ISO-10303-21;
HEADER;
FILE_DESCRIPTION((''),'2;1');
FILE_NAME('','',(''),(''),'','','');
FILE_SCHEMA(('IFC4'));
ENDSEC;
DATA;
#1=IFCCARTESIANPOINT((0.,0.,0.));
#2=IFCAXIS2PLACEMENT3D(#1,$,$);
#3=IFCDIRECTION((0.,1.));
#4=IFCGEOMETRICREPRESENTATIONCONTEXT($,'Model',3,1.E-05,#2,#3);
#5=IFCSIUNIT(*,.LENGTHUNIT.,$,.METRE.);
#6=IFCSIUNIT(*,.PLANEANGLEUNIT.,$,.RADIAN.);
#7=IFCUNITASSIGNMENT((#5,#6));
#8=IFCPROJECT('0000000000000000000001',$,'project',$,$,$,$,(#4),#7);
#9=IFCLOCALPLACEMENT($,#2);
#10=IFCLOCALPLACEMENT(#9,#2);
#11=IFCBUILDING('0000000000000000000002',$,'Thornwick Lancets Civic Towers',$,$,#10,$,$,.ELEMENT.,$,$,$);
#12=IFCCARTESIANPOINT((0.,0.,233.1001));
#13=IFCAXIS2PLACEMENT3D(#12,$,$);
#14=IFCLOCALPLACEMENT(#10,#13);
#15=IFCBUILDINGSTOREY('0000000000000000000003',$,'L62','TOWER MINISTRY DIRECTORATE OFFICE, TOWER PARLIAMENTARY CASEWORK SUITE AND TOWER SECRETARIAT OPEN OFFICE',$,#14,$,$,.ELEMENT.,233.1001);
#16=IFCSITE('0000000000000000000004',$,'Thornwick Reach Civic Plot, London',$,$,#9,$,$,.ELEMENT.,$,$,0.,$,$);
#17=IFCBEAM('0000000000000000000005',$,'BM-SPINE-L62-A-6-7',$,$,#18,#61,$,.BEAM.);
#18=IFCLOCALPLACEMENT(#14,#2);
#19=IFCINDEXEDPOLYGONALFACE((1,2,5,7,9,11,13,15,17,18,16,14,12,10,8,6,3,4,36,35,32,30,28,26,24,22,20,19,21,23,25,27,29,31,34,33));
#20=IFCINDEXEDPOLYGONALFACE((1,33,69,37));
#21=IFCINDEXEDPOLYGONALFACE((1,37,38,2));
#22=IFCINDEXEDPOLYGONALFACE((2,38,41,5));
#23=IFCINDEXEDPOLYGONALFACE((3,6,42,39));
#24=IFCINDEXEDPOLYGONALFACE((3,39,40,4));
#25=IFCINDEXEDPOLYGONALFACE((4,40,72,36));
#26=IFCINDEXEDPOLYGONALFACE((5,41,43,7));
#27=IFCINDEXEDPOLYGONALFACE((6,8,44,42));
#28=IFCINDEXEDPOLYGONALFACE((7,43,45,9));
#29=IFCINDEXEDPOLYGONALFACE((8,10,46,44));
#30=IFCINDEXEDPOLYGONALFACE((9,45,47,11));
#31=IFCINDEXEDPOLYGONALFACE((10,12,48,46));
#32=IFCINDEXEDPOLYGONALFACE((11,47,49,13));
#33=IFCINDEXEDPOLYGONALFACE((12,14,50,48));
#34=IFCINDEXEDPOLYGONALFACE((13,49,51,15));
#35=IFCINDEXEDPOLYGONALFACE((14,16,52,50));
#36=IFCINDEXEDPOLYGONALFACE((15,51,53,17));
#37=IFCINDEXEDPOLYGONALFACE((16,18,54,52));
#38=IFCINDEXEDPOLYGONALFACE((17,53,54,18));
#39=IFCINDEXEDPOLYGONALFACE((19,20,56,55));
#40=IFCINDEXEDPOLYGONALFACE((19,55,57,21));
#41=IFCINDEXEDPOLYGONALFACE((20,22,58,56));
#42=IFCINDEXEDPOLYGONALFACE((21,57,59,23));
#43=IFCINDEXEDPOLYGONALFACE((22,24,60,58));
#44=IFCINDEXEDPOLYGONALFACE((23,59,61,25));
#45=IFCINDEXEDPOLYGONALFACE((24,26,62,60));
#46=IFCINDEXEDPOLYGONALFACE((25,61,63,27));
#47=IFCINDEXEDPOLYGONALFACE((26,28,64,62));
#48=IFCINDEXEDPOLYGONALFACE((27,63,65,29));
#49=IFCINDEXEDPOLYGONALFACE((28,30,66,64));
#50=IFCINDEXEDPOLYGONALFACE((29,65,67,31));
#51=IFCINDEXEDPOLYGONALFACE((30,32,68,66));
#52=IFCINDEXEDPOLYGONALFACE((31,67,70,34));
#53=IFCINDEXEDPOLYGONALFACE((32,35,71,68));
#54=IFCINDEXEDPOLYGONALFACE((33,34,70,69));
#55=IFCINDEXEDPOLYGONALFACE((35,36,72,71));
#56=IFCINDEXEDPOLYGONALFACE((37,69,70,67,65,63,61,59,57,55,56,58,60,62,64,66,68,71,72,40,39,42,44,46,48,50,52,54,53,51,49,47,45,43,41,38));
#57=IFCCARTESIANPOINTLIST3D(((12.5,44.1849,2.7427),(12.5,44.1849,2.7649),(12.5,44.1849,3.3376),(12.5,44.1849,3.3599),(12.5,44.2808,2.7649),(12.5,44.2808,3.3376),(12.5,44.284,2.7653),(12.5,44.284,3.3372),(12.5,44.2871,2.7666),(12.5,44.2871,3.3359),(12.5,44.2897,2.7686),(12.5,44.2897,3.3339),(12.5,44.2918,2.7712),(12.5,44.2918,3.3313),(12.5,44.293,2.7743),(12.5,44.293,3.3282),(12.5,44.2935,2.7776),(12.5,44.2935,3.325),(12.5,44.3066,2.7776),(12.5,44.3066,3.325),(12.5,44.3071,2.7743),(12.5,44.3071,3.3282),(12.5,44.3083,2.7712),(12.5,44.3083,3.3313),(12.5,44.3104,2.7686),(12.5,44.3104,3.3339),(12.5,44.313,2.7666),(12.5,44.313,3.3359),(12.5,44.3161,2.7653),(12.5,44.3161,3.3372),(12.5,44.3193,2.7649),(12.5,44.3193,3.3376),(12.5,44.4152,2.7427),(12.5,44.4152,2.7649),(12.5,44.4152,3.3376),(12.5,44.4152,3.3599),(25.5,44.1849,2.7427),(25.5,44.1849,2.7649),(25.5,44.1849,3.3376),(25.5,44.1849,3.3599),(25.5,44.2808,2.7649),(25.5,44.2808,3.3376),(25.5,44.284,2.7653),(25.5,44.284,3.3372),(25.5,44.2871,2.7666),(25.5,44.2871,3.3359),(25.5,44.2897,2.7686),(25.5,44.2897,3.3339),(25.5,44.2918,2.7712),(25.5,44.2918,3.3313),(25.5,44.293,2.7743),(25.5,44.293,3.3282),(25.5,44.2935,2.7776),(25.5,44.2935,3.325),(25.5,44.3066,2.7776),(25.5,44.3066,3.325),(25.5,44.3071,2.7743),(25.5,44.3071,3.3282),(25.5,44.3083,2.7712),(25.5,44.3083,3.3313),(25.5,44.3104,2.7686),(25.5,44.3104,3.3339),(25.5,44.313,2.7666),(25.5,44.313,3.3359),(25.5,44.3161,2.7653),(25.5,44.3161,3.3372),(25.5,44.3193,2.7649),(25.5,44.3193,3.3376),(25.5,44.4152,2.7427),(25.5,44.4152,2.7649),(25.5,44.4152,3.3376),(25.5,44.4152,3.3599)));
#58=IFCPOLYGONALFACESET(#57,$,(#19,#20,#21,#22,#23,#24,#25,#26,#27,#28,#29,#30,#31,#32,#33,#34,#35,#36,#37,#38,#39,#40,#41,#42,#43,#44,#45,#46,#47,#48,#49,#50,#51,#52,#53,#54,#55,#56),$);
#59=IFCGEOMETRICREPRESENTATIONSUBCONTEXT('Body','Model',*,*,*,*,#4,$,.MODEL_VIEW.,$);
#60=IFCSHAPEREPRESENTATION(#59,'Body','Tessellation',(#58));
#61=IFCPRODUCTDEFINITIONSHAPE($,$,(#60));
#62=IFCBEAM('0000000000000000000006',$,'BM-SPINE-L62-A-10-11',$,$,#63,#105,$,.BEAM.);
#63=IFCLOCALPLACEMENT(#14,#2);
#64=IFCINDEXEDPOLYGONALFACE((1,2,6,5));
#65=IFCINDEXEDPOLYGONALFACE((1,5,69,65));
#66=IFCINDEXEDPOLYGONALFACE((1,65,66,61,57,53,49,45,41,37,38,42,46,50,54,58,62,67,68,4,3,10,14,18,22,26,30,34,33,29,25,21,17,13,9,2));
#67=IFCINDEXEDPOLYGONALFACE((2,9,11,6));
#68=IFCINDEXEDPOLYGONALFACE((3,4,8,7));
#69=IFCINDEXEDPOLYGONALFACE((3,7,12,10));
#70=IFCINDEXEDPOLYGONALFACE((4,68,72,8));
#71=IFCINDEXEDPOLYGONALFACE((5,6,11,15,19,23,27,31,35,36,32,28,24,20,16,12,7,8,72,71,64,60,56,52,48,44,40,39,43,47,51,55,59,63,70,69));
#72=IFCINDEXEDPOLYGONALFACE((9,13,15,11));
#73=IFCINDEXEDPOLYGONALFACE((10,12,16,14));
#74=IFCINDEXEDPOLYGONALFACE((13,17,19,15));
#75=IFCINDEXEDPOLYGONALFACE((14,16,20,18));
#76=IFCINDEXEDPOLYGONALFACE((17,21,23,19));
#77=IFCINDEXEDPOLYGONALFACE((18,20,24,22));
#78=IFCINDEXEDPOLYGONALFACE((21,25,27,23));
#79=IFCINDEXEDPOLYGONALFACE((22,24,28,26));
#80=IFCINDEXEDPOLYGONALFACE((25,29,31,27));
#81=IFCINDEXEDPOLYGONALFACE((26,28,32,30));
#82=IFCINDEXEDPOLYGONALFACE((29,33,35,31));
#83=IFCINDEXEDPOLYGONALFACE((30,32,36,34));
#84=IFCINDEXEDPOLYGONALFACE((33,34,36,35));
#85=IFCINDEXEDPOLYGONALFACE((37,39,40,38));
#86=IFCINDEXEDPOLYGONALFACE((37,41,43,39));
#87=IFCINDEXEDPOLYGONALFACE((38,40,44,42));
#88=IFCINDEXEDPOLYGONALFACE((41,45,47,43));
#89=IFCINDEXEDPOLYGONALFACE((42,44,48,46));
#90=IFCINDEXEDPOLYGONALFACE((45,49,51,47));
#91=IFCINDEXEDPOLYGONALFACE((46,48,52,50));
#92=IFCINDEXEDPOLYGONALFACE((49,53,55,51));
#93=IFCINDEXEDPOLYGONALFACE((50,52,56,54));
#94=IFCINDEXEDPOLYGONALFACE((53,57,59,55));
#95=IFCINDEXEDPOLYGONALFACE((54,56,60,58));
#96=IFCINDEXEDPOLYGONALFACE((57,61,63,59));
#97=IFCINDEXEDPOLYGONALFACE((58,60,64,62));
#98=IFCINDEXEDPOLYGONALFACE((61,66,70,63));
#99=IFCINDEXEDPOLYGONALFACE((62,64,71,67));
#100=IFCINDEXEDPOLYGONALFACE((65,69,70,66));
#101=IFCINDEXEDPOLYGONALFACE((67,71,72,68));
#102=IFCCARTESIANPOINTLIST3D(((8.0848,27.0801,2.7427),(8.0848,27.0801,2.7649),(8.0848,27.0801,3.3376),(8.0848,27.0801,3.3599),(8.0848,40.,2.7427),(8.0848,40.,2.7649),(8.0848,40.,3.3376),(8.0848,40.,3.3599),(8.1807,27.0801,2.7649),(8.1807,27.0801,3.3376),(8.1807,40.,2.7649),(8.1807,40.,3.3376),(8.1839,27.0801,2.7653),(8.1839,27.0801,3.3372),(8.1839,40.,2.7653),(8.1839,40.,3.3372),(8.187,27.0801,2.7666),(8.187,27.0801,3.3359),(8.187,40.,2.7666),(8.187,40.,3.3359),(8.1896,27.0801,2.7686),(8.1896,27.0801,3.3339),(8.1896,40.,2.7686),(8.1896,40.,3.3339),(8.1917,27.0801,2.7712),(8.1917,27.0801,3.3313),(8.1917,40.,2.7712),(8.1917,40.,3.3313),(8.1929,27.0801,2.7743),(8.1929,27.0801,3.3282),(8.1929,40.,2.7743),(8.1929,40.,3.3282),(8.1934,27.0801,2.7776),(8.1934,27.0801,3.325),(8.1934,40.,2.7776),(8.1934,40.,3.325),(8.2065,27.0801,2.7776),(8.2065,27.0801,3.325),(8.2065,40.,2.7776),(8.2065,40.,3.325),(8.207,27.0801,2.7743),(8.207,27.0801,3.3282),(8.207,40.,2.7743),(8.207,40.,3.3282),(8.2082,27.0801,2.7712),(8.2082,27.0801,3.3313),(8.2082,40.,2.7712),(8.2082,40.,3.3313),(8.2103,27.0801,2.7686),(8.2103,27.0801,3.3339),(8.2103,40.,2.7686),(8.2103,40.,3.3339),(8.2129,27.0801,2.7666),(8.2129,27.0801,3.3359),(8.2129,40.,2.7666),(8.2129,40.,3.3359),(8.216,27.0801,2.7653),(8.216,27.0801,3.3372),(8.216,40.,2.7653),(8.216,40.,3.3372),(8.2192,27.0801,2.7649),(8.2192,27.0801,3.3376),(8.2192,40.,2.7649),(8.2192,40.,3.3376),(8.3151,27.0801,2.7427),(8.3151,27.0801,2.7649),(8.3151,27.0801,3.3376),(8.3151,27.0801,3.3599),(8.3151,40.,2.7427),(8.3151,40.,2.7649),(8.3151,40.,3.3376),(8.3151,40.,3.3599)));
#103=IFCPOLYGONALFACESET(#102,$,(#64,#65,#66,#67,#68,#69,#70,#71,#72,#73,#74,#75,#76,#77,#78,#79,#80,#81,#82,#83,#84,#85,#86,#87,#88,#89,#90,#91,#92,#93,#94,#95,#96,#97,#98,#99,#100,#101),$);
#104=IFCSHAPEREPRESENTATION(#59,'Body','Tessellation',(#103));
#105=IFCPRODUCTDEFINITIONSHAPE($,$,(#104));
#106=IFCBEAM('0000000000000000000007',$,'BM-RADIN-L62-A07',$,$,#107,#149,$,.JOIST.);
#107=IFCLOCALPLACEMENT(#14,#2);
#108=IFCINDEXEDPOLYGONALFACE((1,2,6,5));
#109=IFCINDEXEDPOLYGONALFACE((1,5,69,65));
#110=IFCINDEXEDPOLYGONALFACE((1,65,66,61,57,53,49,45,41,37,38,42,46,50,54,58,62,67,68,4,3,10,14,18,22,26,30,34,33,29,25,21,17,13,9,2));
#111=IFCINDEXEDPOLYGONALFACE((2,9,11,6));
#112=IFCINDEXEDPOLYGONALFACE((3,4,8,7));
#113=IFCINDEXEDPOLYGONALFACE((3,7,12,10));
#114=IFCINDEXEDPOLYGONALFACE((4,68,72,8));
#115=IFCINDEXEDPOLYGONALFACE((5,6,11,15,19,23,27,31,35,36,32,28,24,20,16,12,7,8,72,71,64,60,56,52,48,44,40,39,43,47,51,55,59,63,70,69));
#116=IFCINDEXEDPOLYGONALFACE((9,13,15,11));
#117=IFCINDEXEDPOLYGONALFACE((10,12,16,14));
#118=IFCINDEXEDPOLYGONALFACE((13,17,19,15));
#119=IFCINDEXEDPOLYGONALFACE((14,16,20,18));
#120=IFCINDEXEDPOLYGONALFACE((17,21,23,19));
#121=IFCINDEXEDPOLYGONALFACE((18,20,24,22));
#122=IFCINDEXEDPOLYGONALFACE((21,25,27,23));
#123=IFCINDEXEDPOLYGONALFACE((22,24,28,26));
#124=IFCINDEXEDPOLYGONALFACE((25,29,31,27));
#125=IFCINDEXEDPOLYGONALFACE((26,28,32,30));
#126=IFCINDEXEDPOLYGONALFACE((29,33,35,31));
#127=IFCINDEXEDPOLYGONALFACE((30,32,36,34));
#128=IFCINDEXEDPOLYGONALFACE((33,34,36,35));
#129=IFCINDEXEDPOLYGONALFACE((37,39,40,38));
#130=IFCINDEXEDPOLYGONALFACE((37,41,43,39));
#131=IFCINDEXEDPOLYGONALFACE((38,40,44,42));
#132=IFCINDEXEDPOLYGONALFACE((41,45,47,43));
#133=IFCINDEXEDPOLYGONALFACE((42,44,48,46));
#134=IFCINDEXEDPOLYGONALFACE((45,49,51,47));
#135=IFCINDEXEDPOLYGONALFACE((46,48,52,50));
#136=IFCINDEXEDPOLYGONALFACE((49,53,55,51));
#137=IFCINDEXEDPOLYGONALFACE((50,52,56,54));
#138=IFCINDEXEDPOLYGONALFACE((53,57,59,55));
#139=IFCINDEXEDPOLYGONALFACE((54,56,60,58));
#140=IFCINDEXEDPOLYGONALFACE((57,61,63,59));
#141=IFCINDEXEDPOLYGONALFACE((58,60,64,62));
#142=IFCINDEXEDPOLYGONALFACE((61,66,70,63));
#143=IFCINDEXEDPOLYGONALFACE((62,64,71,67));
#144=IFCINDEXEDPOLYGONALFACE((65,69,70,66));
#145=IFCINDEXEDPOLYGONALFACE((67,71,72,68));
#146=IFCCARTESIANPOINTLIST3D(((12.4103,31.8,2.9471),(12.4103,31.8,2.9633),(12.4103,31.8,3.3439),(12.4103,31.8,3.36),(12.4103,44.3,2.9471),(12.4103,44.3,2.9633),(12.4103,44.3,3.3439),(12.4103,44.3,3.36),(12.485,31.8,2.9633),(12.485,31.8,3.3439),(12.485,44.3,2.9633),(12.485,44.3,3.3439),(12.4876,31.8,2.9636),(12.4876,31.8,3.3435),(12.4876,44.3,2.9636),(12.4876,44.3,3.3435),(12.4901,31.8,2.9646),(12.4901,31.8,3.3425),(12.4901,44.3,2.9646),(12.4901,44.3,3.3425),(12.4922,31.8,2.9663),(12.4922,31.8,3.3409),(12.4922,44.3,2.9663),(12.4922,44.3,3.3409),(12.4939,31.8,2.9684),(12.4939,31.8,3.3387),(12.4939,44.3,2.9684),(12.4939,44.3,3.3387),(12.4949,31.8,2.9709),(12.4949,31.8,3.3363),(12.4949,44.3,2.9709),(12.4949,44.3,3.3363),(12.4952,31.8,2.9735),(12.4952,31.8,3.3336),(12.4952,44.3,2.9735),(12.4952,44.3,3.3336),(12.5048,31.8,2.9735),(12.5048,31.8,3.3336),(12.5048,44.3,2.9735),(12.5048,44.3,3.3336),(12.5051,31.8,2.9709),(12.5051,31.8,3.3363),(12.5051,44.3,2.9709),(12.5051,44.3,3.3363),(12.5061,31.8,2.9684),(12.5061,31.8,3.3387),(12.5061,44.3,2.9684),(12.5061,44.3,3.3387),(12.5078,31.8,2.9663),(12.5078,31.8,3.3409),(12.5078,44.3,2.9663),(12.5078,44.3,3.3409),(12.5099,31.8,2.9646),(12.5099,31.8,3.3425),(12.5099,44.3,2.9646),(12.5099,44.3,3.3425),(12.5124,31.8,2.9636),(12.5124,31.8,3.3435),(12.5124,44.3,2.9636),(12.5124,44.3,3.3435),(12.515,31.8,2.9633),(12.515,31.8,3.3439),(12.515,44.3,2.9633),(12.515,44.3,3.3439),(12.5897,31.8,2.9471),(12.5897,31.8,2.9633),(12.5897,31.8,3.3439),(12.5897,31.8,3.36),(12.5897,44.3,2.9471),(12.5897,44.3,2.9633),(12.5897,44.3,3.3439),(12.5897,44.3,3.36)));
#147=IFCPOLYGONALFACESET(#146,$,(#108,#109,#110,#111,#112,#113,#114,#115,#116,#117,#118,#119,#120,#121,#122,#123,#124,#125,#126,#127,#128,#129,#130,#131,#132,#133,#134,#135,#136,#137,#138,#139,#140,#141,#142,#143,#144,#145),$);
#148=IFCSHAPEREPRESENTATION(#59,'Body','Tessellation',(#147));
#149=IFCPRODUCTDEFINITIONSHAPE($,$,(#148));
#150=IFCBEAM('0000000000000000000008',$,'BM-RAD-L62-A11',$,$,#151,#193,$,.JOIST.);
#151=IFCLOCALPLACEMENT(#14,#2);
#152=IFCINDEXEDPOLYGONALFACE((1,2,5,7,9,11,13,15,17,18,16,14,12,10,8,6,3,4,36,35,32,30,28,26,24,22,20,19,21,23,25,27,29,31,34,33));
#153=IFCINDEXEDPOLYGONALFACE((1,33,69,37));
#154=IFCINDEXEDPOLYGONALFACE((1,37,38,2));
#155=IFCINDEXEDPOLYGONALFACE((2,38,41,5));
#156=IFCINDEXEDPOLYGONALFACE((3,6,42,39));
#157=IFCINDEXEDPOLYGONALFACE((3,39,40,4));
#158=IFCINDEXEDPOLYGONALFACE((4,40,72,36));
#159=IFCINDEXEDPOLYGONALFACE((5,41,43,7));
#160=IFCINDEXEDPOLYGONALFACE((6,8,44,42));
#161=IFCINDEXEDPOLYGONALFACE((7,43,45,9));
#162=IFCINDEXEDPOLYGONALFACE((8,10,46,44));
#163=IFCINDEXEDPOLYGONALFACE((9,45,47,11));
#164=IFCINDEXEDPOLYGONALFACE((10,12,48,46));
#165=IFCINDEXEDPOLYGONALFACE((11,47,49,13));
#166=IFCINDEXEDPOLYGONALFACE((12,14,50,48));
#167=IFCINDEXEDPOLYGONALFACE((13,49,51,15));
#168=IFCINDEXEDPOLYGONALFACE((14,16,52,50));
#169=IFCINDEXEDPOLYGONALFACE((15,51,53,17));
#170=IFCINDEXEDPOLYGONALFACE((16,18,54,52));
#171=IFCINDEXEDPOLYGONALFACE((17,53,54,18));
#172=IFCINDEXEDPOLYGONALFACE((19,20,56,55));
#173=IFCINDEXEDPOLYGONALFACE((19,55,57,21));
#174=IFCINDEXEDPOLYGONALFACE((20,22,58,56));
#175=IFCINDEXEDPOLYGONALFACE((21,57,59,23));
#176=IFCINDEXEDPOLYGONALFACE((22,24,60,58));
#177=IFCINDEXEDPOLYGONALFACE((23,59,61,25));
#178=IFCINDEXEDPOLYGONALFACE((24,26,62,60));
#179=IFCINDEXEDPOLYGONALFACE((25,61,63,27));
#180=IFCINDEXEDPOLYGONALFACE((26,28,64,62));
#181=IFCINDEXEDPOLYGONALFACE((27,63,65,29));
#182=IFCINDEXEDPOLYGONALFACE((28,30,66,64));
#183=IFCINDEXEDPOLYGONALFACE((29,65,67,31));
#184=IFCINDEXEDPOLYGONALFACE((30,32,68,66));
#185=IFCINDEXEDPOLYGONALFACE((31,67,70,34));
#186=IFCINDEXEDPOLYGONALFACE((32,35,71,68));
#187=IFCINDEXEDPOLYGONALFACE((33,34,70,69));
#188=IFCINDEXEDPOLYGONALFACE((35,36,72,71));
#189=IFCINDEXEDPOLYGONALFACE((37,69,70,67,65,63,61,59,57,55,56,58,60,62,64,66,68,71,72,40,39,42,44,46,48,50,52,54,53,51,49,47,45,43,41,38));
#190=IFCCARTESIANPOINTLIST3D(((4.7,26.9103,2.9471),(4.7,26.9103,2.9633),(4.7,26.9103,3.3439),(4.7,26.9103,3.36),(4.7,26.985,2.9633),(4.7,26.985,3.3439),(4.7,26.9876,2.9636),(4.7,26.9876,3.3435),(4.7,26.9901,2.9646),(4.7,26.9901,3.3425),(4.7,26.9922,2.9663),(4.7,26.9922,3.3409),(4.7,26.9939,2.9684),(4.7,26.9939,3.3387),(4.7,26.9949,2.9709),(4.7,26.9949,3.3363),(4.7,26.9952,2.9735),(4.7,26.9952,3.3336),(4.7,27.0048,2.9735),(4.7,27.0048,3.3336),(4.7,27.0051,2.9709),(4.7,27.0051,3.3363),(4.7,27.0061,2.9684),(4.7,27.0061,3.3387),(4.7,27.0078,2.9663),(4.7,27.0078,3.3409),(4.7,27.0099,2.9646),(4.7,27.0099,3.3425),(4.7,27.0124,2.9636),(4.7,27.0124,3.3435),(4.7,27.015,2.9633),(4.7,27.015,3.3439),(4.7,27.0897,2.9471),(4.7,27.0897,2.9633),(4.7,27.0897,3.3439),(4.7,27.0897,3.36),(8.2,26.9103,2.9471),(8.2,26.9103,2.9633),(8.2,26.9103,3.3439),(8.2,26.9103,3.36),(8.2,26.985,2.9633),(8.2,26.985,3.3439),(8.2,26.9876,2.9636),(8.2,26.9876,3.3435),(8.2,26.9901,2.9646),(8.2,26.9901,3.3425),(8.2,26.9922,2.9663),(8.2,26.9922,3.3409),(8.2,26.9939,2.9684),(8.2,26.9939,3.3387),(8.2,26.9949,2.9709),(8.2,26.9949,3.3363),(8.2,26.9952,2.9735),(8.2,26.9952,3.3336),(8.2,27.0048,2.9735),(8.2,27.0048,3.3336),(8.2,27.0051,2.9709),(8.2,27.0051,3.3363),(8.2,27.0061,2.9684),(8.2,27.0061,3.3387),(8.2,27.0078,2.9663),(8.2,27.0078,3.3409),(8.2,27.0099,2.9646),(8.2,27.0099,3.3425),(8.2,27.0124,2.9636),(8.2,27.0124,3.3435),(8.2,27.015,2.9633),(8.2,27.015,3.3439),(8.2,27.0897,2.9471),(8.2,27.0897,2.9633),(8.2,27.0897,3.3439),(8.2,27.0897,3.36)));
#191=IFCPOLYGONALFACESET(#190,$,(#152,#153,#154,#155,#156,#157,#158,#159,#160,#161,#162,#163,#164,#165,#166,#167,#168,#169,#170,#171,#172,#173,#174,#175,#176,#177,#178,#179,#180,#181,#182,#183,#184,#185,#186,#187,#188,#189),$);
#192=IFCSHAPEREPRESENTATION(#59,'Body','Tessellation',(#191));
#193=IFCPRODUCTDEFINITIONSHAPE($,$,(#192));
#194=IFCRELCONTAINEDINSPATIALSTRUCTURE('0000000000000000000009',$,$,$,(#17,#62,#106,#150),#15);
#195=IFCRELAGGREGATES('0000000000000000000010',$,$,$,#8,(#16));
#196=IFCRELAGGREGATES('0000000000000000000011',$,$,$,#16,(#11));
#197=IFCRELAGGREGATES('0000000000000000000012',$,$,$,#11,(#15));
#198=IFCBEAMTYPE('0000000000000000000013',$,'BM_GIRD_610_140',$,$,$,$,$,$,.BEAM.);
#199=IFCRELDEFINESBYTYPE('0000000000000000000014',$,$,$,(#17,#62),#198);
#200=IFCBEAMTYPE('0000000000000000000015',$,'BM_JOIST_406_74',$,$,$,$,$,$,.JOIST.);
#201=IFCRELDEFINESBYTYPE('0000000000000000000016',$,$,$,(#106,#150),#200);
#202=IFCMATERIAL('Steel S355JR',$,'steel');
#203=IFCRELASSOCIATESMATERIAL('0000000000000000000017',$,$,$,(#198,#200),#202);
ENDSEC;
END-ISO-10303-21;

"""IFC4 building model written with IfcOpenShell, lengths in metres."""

from ifc_helpers import new_model, si_unit, direction, frame, origin, origin_2d, place, context, subcontext, project, spatial, i_section, extrude, material, material_profile, profile_set, type_object, element, save


model = new_model("IFC4")

# Units and contexts
model_context = context("Model", 3, precision=1e-05, world=origin(), true_north=direction((0.0, 1.0)))
body_context = subcontext(model_context, "Body", "Model", "MODEL_VIEW")
ifc_project = project(units=[si_unit("LENGTHUNIT", "METRE"), si_unit("PLANEANGLEUNIT", "RADIAN")], contexts=[model_context])

# Site, building, storey
site_placement = place(None, origin())
site = spatial("IfcSite", under=ifc_project, at=site_placement, Name="Thornwick Reach Civic Plot, London", CompositionType="ELEMENT", RefElevation=0.0)
building_placement = place(site_placement, origin())
building = spatial("IfcBuilding", under=site, at=building_placement, Name="Thornwick Lancets Civic Towers", CompositionType="ELEMENT")
storey_placement = place(building_placement, frame((0.0, 0.0, 233.1001)))
storey = spatial("IfcBuildingStorey", under=building, at=storey_placement, Name="L62", Description="TOWER MINISTRY DIRECTORATE OFFICE, TOWER PARLIAMENTARY CASEWORK SUITE AND TOWER SECRETARIAT OPEN OFFICE", CompositionType="ELEMENT", Elevation=233.1001)

# Shared definitions
ifc_material_1 = material(Name="Steel S355JR", Category="steel")

# Beams
ifc_material_profile_1 = material_profile(ifc_material_1, i_section(OverallWidth=0.2302, OverallDepth=0.6172, WebThickness=0.0132, FlangeThickness=0.0222, FilletRadius=0.0127, at=origin_2d()), Name="UKB 610x229x140")
ifc_profile_set_1 = profile_set([ifc_material_profile_1], Name="Steel S355JR")
beam_type_1 = type_object("IfcBeamType", Name="BM_GIRD_610_140", PredefinedType="BEAM", material=ifc_profile_set_1)
beam_1_placement = place(storey_placement, frame((12.5, 44.3, 3.0513), z_axis=(1.0, 0.0, 0.0), x_axis=(0.0, 1.0, 0.0)))
element("IfcBeam", 1, at=beam_1_placement, inside=storey, type_object=beam_type_1, Name="BM-SPINE-L62-A-6-7", PredefinedType="BEAM", context=body_context, shape_type="SweptSolid", body=[
    extrude(i_section(OverallWidth=0.2302, OverallDepth=0.6172, WebThickness=0.0132, FlangeThickness=0.0222, FilletRadius=0.0127, at=origin_2d()), origin(), (0.0, 0.0, 1.0), 13.0),
])
beam_2_placement = place(storey_placement, frame((8.2, 27.0801, 3.0513), z_axis=(0.0, 1.0, 0.0), x_axis=(-1.0, 0.0, 0.0)))
element("IfcBeam", 2, at=beam_2_placement, inside=storey, type_object=beam_type_1, Name="BM-SPINE-L62-A-10-11", PredefinedType="BEAM", context=body_context, shape_type="SweptSolid", body=[
    extrude(i_section(OverallWidth=0.2302, OverallDepth=0.6172, WebThickness=0.0132, FlangeThickness=0.0222, FilletRadius=0.0127, at=origin_2d()), origin(), (0.0, 0.0, 1.0), 12.9199),
])
ifc_material_profile_2 = material_profile(ifc_material_1, i_section(OverallWidth=0.1794, OverallDepth=0.4128, WebThickness=0.0095, FlangeThickness=0.0161, FilletRadius=0.0103, at=origin_2d()), Name="UKB 406x178x74")
ifc_profile_set_2 = profile_set([ifc_material_profile_2], Name="Steel S355JR")
beam_type_2 = type_object("IfcBeamType", Name="BM_JOIST_406_74", PredefinedType="JOIST", material=ifc_profile_set_2)
beam_3_placement = place(storey_placement, frame((12.5, 31.8, 3.1536), z_axis=(0.0, 1.0, 0.0), x_axis=(-1.0, 0.0, 0.0)))
element("IfcBeam", 3, at=beam_3_placement, inside=storey, type_object=beam_type_2, Name="BM-RADIN-L62-A07", PredefinedType="JOIST", context=body_context, shape_type="SweptSolid", body=[
    extrude(i_section(OverallWidth=0.1794, OverallDepth=0.4128, WebThickness=0.0095, FlangeThickness=0.0161, FilletRadius=0.0103, at=origin_2d()), origin(), (0.0, 0.0, 1.0), 12.5),
])
for number, where, z_axis, x_axis, name in (
    (4, (8.2, 27.0, 3.1536), (-1.0, 0.0, 0.0), (0.0, -1.0, 0.0), "BM-RAD-L62-A11"),
):
    element("IfcBeam", number, at=place(storey_placement, frame(where, z_axis=z_axis, x_axis=x_axis)), inside=storey, type_object=beam_type_2, Name=name, PredefinedType="JOIST", context=body_context, shape_type="SweptSolid", body=[
        extrude(i_section(OverallWidth=0.1794, OverallDepth=0.4128, WebThickness=0.0095, FlangeThickness=0.0161, FilletRadius=0.0103, at=origin_2d()), origin(), (0.0, 0.0, 1.0), 3.5),
    ])

save(model, "model.ifc")
